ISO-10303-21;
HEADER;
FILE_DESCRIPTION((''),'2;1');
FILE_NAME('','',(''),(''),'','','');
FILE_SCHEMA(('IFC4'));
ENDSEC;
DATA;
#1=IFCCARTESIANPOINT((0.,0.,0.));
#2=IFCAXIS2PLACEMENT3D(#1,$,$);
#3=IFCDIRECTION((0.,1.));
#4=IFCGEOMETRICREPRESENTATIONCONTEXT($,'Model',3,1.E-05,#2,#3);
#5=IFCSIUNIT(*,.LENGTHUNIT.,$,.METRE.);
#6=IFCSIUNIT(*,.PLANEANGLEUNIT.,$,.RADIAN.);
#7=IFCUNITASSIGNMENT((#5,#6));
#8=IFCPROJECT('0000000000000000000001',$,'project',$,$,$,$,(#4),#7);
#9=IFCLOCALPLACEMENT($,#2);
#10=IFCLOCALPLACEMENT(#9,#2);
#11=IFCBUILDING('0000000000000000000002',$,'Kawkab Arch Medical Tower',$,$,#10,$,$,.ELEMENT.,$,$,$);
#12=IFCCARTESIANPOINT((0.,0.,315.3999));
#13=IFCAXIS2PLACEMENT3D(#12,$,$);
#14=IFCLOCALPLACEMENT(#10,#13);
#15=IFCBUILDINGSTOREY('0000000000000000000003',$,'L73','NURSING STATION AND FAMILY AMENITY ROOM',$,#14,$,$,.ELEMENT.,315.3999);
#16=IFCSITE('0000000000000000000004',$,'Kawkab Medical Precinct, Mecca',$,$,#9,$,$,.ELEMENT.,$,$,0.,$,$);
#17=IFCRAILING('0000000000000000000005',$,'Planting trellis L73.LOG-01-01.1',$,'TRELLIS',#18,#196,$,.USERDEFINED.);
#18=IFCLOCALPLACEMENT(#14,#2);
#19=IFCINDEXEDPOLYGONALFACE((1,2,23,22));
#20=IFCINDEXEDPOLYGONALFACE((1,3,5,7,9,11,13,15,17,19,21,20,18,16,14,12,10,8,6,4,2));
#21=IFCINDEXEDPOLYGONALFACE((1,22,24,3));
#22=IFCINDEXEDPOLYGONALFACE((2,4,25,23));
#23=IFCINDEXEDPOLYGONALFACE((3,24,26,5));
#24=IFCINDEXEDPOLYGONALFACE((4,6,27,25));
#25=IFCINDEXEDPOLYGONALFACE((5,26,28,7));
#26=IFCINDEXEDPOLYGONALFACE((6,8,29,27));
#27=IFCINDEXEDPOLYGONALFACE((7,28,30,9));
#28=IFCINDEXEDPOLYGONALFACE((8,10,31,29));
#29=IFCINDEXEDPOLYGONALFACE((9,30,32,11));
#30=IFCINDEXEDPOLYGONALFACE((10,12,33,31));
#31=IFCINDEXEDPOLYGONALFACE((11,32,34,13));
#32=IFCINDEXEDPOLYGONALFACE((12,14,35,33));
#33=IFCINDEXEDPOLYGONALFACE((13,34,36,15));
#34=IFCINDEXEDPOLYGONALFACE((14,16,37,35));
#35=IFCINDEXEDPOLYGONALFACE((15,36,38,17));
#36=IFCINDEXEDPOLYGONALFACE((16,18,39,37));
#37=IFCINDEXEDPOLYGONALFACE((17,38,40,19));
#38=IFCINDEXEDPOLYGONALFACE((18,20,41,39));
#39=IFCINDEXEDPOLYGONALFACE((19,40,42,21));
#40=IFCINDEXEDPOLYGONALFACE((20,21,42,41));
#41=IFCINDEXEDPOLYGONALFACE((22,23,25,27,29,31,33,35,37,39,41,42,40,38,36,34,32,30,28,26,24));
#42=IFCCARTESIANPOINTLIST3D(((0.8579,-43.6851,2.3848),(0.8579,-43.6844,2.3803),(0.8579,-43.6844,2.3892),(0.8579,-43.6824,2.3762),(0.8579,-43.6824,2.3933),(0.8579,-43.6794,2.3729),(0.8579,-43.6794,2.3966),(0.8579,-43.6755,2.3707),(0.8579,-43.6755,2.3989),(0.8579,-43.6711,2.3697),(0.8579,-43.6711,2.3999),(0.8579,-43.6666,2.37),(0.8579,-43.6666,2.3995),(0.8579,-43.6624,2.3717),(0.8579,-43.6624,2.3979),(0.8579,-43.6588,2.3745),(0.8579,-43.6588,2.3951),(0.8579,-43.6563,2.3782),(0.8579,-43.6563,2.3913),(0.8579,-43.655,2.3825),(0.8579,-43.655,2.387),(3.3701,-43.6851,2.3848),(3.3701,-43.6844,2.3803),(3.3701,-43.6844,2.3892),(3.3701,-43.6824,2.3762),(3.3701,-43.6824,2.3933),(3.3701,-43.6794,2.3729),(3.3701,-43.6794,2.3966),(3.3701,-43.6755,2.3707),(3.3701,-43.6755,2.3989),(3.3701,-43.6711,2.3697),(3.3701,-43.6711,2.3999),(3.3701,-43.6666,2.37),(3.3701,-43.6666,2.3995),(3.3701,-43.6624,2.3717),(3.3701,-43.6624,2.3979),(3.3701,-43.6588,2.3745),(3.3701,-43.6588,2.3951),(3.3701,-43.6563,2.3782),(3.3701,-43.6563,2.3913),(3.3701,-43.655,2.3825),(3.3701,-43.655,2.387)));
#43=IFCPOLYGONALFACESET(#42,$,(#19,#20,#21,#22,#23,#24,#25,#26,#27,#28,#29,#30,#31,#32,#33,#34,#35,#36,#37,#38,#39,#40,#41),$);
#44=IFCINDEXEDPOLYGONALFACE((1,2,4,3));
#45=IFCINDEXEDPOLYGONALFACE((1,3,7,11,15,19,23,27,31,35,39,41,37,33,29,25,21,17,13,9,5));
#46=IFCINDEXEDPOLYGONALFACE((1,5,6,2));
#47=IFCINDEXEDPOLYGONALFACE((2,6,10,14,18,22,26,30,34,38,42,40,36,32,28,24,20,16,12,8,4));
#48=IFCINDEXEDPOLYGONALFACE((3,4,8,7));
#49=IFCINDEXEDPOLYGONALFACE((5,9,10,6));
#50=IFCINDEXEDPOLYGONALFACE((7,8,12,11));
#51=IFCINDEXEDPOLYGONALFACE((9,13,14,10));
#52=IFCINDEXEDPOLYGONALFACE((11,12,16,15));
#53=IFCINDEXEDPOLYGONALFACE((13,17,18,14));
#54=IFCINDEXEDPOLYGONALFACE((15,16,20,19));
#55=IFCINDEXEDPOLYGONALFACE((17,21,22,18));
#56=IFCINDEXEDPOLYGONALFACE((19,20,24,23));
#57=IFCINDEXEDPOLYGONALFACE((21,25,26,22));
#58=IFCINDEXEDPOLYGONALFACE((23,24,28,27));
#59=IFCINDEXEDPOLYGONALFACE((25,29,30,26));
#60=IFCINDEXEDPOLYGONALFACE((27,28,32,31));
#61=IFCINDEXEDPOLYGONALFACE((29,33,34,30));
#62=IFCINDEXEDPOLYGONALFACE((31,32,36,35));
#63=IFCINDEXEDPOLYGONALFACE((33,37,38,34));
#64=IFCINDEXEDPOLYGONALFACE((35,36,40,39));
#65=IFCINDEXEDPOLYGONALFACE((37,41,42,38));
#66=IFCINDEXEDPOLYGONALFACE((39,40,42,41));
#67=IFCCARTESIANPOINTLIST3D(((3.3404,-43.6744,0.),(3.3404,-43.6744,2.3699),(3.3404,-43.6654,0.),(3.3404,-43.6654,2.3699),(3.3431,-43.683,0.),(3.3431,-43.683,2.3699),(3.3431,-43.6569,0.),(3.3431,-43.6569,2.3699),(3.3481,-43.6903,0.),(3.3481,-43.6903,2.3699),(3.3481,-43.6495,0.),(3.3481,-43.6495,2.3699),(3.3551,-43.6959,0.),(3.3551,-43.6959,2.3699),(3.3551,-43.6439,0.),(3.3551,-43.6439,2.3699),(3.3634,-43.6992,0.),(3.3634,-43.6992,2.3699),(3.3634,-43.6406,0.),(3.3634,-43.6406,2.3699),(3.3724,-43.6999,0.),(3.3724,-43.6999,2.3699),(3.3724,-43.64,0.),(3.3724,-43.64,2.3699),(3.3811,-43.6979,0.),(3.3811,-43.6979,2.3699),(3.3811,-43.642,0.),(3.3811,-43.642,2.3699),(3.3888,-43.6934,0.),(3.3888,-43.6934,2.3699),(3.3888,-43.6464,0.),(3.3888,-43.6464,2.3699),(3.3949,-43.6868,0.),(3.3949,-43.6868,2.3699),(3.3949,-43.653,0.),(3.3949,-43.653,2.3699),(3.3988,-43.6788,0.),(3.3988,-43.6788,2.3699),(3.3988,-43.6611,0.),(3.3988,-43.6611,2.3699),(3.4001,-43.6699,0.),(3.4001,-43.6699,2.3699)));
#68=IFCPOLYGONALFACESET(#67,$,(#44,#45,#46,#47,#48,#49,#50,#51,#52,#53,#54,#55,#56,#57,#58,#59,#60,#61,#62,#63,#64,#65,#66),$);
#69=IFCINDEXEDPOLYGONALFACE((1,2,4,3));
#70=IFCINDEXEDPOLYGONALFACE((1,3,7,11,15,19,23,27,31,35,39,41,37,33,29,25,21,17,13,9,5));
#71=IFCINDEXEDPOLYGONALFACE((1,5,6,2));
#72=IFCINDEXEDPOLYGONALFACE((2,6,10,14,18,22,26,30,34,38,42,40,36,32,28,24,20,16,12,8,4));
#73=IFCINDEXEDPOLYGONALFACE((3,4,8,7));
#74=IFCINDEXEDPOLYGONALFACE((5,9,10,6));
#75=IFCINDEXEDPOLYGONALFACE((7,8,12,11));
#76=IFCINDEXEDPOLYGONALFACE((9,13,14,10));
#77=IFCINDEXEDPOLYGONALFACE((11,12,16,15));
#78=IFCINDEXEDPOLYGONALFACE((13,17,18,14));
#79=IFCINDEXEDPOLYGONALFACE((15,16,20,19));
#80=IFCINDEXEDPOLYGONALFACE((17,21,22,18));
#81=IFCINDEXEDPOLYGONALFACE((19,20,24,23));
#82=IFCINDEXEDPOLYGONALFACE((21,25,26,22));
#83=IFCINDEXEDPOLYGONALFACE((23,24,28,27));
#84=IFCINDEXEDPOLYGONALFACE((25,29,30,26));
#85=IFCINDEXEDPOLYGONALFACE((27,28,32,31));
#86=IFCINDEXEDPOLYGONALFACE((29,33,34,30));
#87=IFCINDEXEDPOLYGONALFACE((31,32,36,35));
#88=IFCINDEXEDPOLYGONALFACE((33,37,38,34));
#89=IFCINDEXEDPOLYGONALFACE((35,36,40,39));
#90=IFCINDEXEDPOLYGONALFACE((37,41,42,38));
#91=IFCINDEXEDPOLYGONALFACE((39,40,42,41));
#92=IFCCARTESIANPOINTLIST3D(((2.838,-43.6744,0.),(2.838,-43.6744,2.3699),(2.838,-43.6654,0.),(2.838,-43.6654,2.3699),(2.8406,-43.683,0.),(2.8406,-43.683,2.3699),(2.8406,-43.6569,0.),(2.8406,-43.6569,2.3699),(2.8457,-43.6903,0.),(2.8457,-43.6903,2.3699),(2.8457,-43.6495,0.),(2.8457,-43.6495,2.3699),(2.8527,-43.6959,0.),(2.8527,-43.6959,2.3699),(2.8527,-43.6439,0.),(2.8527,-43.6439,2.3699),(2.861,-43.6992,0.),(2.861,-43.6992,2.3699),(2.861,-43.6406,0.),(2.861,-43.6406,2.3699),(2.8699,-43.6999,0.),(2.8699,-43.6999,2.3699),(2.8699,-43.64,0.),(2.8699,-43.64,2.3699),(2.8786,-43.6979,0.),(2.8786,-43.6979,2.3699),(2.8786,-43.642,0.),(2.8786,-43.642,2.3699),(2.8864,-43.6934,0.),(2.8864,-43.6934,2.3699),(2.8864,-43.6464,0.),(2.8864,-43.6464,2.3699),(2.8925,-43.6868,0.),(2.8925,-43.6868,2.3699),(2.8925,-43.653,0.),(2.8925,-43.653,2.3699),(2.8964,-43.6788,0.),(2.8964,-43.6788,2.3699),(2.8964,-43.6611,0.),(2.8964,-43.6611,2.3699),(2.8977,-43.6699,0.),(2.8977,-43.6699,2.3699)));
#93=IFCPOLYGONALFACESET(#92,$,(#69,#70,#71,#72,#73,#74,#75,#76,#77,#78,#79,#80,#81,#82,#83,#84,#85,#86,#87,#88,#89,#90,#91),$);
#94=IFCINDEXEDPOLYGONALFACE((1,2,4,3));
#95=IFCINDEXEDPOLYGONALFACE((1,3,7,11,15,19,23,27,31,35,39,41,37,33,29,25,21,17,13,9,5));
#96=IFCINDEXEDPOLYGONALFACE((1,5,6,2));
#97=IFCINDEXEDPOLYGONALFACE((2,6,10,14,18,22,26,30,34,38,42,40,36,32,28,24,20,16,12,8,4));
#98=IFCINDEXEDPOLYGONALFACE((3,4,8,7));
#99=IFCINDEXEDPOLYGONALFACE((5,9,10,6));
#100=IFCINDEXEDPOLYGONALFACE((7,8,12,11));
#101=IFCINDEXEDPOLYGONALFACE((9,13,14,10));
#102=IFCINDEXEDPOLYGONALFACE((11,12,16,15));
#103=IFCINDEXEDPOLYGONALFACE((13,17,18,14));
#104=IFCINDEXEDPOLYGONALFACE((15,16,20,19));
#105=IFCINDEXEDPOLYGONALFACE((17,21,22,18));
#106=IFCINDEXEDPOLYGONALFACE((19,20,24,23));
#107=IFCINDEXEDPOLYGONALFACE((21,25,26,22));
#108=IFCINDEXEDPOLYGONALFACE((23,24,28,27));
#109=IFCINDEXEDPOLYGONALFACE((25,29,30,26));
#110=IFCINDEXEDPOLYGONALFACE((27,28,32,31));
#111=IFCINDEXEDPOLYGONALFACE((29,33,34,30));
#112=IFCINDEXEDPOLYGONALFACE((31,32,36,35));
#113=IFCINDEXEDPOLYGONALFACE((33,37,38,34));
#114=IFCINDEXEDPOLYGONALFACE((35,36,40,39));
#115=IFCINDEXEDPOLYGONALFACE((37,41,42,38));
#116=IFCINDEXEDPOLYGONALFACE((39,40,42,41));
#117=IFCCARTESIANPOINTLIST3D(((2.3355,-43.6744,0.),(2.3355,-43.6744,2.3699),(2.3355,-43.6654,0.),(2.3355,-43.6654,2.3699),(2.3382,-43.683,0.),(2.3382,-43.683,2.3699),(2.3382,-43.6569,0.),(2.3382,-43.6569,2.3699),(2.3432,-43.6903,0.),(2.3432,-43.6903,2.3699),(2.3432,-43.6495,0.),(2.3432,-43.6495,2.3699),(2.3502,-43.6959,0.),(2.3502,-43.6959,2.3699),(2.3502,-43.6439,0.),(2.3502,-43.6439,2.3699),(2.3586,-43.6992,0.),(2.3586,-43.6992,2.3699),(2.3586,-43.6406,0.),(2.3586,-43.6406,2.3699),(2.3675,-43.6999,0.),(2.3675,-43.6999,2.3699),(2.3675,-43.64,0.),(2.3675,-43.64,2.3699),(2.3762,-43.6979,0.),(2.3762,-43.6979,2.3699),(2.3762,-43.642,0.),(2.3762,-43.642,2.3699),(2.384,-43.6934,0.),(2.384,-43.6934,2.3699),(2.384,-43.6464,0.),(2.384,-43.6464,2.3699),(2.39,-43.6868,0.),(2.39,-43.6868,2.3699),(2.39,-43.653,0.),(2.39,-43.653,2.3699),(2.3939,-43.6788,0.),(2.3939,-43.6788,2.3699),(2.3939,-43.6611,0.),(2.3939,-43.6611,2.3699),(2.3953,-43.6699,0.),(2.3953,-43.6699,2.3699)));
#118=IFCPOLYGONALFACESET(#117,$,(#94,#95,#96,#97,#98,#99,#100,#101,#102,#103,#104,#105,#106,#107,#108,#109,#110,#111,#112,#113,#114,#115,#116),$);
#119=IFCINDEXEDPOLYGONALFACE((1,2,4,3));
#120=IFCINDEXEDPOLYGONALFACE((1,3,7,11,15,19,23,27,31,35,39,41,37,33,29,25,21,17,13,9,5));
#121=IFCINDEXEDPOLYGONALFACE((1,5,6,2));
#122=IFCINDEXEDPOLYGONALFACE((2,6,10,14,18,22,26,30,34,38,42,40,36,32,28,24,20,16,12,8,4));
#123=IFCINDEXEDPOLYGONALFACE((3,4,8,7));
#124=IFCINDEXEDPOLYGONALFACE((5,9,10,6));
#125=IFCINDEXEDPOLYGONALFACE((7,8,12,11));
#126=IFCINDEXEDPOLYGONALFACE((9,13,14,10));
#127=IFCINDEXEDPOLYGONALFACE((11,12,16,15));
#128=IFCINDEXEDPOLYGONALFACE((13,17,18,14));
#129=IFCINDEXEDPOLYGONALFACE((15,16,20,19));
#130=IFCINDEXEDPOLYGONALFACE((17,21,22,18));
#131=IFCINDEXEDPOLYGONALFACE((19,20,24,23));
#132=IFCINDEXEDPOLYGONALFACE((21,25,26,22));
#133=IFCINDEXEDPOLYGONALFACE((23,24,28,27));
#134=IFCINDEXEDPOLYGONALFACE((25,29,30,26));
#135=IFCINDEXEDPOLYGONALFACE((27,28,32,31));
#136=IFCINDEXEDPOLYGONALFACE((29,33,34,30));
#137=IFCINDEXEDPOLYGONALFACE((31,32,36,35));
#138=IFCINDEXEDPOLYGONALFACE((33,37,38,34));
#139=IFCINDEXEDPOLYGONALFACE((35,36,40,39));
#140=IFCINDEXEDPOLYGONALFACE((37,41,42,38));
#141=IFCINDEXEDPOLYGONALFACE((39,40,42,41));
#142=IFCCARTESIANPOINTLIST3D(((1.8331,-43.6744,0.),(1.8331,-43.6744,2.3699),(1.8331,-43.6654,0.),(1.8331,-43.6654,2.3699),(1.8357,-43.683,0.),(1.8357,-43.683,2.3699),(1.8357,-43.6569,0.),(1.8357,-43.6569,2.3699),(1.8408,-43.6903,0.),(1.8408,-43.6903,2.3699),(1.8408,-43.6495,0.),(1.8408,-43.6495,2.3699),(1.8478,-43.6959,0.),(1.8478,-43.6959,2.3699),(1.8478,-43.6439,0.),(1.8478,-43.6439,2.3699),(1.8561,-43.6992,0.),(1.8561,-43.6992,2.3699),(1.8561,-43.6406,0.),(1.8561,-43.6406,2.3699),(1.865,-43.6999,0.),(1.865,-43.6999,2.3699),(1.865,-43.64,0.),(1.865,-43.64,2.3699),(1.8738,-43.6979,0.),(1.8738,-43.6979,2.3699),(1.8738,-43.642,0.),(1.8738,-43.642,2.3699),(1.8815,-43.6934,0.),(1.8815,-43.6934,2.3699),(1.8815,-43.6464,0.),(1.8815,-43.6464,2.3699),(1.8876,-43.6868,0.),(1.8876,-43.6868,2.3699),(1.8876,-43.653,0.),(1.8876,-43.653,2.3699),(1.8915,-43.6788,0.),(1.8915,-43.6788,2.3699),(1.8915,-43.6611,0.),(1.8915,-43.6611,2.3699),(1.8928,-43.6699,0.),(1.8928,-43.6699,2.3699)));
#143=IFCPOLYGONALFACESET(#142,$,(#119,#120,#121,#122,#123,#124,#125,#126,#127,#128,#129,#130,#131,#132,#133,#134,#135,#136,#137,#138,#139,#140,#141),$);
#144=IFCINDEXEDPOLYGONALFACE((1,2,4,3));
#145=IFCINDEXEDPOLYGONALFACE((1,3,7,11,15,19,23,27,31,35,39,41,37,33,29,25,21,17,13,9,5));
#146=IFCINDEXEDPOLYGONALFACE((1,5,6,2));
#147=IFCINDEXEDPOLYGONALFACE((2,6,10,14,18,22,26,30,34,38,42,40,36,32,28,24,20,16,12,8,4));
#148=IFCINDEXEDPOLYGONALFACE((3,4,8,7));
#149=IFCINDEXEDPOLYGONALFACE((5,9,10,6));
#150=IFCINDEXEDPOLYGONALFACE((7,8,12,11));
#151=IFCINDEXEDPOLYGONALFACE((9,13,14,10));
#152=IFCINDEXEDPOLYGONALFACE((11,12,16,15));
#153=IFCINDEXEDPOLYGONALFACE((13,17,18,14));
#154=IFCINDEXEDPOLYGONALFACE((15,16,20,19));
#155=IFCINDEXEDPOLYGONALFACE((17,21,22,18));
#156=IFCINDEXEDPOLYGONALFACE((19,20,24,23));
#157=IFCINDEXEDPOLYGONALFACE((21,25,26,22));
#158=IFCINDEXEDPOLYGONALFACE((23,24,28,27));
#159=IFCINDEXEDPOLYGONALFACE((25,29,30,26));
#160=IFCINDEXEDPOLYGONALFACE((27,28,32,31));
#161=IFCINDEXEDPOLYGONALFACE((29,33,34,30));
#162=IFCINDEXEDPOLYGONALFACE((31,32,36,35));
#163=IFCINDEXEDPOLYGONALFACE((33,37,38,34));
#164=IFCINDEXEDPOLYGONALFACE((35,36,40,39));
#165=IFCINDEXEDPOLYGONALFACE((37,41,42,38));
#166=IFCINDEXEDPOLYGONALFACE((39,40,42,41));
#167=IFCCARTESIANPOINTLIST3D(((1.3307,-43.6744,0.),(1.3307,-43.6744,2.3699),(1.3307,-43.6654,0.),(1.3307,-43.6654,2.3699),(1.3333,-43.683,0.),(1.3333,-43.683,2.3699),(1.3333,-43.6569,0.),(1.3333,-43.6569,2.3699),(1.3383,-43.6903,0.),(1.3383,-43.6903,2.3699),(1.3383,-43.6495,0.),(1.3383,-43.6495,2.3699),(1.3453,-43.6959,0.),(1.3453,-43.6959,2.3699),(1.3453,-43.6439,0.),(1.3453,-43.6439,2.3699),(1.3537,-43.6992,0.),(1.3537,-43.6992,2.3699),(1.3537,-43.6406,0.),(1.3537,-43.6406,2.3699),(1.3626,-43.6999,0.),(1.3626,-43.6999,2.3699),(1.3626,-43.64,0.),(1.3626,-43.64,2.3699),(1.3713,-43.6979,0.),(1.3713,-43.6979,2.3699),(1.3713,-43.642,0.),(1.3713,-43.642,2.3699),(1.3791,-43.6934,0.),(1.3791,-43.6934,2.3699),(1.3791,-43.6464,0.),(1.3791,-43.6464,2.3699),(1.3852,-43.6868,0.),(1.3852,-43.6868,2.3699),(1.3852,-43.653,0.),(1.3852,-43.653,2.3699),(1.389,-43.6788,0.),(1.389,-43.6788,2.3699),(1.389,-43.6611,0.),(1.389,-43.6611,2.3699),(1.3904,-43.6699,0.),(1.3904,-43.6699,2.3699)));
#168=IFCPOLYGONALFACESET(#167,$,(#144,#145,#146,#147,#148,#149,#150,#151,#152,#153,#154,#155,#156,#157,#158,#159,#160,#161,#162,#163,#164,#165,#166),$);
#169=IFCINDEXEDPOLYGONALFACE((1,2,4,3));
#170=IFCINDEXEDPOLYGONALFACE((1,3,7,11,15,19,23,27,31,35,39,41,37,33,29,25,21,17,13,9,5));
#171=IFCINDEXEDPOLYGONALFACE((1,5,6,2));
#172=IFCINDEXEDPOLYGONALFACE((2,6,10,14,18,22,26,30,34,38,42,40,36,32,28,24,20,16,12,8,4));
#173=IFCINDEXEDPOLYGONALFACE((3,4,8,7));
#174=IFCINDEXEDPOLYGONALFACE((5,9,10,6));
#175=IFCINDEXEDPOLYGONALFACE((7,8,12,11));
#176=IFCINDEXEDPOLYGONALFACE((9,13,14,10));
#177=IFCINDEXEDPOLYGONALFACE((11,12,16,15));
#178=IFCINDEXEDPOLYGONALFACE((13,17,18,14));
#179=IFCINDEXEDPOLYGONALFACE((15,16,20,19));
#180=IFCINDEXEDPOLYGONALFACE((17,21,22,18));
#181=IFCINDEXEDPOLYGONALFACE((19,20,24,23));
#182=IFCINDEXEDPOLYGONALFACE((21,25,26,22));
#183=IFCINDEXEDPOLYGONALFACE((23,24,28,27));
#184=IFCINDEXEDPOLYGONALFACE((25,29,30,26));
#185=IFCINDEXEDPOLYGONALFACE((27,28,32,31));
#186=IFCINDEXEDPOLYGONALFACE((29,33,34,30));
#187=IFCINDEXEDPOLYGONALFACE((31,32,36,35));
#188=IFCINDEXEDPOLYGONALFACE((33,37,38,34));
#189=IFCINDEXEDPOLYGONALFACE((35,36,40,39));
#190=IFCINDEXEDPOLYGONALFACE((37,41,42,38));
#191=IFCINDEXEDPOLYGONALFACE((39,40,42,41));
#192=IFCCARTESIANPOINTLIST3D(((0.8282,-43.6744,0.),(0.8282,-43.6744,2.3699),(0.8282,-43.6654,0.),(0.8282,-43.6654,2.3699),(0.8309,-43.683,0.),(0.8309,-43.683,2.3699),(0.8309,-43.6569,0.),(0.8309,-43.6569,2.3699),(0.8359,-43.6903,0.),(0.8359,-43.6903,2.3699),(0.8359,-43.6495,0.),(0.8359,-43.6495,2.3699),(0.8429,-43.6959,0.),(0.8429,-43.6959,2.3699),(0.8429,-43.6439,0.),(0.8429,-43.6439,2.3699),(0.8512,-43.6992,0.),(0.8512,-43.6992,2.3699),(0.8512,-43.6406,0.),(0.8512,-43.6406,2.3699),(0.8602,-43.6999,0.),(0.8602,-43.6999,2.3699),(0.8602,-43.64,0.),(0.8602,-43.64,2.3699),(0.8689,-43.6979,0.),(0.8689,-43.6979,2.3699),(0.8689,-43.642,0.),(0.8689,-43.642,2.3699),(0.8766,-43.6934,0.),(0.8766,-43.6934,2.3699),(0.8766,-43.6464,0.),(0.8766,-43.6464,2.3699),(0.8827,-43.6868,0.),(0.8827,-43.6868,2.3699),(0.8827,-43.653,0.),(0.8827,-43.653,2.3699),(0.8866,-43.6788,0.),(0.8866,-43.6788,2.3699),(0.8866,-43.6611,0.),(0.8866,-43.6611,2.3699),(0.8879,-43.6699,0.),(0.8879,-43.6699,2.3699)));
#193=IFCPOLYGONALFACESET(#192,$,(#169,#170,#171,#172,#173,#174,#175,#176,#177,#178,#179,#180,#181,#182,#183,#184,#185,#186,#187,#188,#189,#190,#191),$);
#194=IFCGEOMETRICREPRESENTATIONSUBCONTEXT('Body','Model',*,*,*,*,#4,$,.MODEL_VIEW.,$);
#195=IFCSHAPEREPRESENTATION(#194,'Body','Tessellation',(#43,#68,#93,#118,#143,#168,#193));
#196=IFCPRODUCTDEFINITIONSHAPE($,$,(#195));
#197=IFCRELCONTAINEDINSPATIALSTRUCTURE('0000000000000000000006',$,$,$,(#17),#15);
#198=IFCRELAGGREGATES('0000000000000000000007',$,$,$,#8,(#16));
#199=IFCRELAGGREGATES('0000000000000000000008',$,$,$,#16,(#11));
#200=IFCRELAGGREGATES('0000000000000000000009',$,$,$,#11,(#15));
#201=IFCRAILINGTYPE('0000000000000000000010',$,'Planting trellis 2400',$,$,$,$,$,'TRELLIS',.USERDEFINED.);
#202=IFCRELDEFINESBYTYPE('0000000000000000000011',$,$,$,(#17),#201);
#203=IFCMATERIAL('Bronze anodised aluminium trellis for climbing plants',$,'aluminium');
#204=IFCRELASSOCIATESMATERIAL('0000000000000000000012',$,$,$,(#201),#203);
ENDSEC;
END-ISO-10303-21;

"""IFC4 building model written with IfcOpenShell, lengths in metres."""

from ifc_helpers import new_model, si_unit, direction, frame, origin, origin_2d, place, context, subcontext, project, spatial, circle, extrude, material, type_object, element, save


model = new_model("IFC4")

# Units and contexts
model_context = context("Model", 3, precision=1e-05, world=origin(), true_north=direction((0.0, 1.0)))
body_context = subcontext(model_context, "Body", "Model", "MODEL_VIEW")
ifc_project = project(units=[si_unit("LENGTHUNIT", "METRE"), si_unit("PLANEANGLEUNIT", "RADIAN")], contexts=[model_context])

# Site, building, storey
site_placement = place(None, origin())
site = spatial("IfcSite", under=ifc_project, at=site_placement, Name="Kawkab Medical Precinct, Mecca", CompositionType="ELEMENT", RefElevation=0.0)
building_placement = place(site_placement, origin())
building = spatial("IfcBuilding", under=site, at=building_placement, Name="Kawkab Arch Medical Tower", CompositionType="ELEMENT")
storey_placement = place(building_placement, frame((0.0, 0.0, 315.3999)))
storey = spatial("IfcBuildingStorey", under=building, at=storey_placement, Name="L73", Description="NURSING STATION AND FAMILY AMENITY ROOM", CompositionType="ELEMENT", Elevation=315.3999)

# Railing
ifc_material_1 = material(Name="Bronze anodised aluminium trellis for climbing plants", Category="aluminium")
railing_type_1 = type_object("IfcRailingType", Name="Planting trellis 2400", ElementType="TRELLIS", PredefinedType="USERDEFINED", material=ifc_material_1)
railing_1_placement = place(storey_placement, frame((3.3701, -43.6699, 0.0)))
element("IfcRailing", 1, at=railing_1_placement, inside=storey, type_object=railing_type_1, Name="Planting trellis L73.LOG-01-01.1", ObjectType="TRELLIS", PredefinedType="USERDEFINED", context=body_context, shape_type="SweptSolid", body=[
    extrude(circle(Radius=0.0151, at=origin_2d()), frame((0.0, 0.0, 2.3848), z_axis=(-1.0, 0.0, 0.0), x_axis=(0.0, -1.0, 0.0)), (0.0, 0.0, 1.0), 2.5122),
    extrude(circle(Radius=0.03, at=origin_2d()), origin(), (0.0, 0.0, 1.0), 2.3699),
    extrude(circle(Radius=0.03, at=origin_2d()), frame((-0.5024, 0.0, 0.0)), (0.0, 0.0, 1.0), 2.3699),
    extrude(circle(Radius=0.03, at=origin_2d()), frame((-1.0049, 0.0, 0.0)), (0.0, 0.0, 1.0), 2.3699),
    extrude(circle(Radius=0.03, at=origin_2d()), frame((-1.5073, 0.0, 0.0)), (0.0, 0.0, 1.0), 2.3699),
    extrude(circle(Radius=0.03, at=origin_2d()), frame((-2.0098, 0.0, 0.0)), (0.0, 0.0, 1.0), 2.3699),
    extrude(circle(Radius=0.03, at=origin_2d()), frame((-2.5122, 0.0, 0.0)), (0.0, 0.0, 1.0), 2.3699),
])

save(model, "model.ifc")
